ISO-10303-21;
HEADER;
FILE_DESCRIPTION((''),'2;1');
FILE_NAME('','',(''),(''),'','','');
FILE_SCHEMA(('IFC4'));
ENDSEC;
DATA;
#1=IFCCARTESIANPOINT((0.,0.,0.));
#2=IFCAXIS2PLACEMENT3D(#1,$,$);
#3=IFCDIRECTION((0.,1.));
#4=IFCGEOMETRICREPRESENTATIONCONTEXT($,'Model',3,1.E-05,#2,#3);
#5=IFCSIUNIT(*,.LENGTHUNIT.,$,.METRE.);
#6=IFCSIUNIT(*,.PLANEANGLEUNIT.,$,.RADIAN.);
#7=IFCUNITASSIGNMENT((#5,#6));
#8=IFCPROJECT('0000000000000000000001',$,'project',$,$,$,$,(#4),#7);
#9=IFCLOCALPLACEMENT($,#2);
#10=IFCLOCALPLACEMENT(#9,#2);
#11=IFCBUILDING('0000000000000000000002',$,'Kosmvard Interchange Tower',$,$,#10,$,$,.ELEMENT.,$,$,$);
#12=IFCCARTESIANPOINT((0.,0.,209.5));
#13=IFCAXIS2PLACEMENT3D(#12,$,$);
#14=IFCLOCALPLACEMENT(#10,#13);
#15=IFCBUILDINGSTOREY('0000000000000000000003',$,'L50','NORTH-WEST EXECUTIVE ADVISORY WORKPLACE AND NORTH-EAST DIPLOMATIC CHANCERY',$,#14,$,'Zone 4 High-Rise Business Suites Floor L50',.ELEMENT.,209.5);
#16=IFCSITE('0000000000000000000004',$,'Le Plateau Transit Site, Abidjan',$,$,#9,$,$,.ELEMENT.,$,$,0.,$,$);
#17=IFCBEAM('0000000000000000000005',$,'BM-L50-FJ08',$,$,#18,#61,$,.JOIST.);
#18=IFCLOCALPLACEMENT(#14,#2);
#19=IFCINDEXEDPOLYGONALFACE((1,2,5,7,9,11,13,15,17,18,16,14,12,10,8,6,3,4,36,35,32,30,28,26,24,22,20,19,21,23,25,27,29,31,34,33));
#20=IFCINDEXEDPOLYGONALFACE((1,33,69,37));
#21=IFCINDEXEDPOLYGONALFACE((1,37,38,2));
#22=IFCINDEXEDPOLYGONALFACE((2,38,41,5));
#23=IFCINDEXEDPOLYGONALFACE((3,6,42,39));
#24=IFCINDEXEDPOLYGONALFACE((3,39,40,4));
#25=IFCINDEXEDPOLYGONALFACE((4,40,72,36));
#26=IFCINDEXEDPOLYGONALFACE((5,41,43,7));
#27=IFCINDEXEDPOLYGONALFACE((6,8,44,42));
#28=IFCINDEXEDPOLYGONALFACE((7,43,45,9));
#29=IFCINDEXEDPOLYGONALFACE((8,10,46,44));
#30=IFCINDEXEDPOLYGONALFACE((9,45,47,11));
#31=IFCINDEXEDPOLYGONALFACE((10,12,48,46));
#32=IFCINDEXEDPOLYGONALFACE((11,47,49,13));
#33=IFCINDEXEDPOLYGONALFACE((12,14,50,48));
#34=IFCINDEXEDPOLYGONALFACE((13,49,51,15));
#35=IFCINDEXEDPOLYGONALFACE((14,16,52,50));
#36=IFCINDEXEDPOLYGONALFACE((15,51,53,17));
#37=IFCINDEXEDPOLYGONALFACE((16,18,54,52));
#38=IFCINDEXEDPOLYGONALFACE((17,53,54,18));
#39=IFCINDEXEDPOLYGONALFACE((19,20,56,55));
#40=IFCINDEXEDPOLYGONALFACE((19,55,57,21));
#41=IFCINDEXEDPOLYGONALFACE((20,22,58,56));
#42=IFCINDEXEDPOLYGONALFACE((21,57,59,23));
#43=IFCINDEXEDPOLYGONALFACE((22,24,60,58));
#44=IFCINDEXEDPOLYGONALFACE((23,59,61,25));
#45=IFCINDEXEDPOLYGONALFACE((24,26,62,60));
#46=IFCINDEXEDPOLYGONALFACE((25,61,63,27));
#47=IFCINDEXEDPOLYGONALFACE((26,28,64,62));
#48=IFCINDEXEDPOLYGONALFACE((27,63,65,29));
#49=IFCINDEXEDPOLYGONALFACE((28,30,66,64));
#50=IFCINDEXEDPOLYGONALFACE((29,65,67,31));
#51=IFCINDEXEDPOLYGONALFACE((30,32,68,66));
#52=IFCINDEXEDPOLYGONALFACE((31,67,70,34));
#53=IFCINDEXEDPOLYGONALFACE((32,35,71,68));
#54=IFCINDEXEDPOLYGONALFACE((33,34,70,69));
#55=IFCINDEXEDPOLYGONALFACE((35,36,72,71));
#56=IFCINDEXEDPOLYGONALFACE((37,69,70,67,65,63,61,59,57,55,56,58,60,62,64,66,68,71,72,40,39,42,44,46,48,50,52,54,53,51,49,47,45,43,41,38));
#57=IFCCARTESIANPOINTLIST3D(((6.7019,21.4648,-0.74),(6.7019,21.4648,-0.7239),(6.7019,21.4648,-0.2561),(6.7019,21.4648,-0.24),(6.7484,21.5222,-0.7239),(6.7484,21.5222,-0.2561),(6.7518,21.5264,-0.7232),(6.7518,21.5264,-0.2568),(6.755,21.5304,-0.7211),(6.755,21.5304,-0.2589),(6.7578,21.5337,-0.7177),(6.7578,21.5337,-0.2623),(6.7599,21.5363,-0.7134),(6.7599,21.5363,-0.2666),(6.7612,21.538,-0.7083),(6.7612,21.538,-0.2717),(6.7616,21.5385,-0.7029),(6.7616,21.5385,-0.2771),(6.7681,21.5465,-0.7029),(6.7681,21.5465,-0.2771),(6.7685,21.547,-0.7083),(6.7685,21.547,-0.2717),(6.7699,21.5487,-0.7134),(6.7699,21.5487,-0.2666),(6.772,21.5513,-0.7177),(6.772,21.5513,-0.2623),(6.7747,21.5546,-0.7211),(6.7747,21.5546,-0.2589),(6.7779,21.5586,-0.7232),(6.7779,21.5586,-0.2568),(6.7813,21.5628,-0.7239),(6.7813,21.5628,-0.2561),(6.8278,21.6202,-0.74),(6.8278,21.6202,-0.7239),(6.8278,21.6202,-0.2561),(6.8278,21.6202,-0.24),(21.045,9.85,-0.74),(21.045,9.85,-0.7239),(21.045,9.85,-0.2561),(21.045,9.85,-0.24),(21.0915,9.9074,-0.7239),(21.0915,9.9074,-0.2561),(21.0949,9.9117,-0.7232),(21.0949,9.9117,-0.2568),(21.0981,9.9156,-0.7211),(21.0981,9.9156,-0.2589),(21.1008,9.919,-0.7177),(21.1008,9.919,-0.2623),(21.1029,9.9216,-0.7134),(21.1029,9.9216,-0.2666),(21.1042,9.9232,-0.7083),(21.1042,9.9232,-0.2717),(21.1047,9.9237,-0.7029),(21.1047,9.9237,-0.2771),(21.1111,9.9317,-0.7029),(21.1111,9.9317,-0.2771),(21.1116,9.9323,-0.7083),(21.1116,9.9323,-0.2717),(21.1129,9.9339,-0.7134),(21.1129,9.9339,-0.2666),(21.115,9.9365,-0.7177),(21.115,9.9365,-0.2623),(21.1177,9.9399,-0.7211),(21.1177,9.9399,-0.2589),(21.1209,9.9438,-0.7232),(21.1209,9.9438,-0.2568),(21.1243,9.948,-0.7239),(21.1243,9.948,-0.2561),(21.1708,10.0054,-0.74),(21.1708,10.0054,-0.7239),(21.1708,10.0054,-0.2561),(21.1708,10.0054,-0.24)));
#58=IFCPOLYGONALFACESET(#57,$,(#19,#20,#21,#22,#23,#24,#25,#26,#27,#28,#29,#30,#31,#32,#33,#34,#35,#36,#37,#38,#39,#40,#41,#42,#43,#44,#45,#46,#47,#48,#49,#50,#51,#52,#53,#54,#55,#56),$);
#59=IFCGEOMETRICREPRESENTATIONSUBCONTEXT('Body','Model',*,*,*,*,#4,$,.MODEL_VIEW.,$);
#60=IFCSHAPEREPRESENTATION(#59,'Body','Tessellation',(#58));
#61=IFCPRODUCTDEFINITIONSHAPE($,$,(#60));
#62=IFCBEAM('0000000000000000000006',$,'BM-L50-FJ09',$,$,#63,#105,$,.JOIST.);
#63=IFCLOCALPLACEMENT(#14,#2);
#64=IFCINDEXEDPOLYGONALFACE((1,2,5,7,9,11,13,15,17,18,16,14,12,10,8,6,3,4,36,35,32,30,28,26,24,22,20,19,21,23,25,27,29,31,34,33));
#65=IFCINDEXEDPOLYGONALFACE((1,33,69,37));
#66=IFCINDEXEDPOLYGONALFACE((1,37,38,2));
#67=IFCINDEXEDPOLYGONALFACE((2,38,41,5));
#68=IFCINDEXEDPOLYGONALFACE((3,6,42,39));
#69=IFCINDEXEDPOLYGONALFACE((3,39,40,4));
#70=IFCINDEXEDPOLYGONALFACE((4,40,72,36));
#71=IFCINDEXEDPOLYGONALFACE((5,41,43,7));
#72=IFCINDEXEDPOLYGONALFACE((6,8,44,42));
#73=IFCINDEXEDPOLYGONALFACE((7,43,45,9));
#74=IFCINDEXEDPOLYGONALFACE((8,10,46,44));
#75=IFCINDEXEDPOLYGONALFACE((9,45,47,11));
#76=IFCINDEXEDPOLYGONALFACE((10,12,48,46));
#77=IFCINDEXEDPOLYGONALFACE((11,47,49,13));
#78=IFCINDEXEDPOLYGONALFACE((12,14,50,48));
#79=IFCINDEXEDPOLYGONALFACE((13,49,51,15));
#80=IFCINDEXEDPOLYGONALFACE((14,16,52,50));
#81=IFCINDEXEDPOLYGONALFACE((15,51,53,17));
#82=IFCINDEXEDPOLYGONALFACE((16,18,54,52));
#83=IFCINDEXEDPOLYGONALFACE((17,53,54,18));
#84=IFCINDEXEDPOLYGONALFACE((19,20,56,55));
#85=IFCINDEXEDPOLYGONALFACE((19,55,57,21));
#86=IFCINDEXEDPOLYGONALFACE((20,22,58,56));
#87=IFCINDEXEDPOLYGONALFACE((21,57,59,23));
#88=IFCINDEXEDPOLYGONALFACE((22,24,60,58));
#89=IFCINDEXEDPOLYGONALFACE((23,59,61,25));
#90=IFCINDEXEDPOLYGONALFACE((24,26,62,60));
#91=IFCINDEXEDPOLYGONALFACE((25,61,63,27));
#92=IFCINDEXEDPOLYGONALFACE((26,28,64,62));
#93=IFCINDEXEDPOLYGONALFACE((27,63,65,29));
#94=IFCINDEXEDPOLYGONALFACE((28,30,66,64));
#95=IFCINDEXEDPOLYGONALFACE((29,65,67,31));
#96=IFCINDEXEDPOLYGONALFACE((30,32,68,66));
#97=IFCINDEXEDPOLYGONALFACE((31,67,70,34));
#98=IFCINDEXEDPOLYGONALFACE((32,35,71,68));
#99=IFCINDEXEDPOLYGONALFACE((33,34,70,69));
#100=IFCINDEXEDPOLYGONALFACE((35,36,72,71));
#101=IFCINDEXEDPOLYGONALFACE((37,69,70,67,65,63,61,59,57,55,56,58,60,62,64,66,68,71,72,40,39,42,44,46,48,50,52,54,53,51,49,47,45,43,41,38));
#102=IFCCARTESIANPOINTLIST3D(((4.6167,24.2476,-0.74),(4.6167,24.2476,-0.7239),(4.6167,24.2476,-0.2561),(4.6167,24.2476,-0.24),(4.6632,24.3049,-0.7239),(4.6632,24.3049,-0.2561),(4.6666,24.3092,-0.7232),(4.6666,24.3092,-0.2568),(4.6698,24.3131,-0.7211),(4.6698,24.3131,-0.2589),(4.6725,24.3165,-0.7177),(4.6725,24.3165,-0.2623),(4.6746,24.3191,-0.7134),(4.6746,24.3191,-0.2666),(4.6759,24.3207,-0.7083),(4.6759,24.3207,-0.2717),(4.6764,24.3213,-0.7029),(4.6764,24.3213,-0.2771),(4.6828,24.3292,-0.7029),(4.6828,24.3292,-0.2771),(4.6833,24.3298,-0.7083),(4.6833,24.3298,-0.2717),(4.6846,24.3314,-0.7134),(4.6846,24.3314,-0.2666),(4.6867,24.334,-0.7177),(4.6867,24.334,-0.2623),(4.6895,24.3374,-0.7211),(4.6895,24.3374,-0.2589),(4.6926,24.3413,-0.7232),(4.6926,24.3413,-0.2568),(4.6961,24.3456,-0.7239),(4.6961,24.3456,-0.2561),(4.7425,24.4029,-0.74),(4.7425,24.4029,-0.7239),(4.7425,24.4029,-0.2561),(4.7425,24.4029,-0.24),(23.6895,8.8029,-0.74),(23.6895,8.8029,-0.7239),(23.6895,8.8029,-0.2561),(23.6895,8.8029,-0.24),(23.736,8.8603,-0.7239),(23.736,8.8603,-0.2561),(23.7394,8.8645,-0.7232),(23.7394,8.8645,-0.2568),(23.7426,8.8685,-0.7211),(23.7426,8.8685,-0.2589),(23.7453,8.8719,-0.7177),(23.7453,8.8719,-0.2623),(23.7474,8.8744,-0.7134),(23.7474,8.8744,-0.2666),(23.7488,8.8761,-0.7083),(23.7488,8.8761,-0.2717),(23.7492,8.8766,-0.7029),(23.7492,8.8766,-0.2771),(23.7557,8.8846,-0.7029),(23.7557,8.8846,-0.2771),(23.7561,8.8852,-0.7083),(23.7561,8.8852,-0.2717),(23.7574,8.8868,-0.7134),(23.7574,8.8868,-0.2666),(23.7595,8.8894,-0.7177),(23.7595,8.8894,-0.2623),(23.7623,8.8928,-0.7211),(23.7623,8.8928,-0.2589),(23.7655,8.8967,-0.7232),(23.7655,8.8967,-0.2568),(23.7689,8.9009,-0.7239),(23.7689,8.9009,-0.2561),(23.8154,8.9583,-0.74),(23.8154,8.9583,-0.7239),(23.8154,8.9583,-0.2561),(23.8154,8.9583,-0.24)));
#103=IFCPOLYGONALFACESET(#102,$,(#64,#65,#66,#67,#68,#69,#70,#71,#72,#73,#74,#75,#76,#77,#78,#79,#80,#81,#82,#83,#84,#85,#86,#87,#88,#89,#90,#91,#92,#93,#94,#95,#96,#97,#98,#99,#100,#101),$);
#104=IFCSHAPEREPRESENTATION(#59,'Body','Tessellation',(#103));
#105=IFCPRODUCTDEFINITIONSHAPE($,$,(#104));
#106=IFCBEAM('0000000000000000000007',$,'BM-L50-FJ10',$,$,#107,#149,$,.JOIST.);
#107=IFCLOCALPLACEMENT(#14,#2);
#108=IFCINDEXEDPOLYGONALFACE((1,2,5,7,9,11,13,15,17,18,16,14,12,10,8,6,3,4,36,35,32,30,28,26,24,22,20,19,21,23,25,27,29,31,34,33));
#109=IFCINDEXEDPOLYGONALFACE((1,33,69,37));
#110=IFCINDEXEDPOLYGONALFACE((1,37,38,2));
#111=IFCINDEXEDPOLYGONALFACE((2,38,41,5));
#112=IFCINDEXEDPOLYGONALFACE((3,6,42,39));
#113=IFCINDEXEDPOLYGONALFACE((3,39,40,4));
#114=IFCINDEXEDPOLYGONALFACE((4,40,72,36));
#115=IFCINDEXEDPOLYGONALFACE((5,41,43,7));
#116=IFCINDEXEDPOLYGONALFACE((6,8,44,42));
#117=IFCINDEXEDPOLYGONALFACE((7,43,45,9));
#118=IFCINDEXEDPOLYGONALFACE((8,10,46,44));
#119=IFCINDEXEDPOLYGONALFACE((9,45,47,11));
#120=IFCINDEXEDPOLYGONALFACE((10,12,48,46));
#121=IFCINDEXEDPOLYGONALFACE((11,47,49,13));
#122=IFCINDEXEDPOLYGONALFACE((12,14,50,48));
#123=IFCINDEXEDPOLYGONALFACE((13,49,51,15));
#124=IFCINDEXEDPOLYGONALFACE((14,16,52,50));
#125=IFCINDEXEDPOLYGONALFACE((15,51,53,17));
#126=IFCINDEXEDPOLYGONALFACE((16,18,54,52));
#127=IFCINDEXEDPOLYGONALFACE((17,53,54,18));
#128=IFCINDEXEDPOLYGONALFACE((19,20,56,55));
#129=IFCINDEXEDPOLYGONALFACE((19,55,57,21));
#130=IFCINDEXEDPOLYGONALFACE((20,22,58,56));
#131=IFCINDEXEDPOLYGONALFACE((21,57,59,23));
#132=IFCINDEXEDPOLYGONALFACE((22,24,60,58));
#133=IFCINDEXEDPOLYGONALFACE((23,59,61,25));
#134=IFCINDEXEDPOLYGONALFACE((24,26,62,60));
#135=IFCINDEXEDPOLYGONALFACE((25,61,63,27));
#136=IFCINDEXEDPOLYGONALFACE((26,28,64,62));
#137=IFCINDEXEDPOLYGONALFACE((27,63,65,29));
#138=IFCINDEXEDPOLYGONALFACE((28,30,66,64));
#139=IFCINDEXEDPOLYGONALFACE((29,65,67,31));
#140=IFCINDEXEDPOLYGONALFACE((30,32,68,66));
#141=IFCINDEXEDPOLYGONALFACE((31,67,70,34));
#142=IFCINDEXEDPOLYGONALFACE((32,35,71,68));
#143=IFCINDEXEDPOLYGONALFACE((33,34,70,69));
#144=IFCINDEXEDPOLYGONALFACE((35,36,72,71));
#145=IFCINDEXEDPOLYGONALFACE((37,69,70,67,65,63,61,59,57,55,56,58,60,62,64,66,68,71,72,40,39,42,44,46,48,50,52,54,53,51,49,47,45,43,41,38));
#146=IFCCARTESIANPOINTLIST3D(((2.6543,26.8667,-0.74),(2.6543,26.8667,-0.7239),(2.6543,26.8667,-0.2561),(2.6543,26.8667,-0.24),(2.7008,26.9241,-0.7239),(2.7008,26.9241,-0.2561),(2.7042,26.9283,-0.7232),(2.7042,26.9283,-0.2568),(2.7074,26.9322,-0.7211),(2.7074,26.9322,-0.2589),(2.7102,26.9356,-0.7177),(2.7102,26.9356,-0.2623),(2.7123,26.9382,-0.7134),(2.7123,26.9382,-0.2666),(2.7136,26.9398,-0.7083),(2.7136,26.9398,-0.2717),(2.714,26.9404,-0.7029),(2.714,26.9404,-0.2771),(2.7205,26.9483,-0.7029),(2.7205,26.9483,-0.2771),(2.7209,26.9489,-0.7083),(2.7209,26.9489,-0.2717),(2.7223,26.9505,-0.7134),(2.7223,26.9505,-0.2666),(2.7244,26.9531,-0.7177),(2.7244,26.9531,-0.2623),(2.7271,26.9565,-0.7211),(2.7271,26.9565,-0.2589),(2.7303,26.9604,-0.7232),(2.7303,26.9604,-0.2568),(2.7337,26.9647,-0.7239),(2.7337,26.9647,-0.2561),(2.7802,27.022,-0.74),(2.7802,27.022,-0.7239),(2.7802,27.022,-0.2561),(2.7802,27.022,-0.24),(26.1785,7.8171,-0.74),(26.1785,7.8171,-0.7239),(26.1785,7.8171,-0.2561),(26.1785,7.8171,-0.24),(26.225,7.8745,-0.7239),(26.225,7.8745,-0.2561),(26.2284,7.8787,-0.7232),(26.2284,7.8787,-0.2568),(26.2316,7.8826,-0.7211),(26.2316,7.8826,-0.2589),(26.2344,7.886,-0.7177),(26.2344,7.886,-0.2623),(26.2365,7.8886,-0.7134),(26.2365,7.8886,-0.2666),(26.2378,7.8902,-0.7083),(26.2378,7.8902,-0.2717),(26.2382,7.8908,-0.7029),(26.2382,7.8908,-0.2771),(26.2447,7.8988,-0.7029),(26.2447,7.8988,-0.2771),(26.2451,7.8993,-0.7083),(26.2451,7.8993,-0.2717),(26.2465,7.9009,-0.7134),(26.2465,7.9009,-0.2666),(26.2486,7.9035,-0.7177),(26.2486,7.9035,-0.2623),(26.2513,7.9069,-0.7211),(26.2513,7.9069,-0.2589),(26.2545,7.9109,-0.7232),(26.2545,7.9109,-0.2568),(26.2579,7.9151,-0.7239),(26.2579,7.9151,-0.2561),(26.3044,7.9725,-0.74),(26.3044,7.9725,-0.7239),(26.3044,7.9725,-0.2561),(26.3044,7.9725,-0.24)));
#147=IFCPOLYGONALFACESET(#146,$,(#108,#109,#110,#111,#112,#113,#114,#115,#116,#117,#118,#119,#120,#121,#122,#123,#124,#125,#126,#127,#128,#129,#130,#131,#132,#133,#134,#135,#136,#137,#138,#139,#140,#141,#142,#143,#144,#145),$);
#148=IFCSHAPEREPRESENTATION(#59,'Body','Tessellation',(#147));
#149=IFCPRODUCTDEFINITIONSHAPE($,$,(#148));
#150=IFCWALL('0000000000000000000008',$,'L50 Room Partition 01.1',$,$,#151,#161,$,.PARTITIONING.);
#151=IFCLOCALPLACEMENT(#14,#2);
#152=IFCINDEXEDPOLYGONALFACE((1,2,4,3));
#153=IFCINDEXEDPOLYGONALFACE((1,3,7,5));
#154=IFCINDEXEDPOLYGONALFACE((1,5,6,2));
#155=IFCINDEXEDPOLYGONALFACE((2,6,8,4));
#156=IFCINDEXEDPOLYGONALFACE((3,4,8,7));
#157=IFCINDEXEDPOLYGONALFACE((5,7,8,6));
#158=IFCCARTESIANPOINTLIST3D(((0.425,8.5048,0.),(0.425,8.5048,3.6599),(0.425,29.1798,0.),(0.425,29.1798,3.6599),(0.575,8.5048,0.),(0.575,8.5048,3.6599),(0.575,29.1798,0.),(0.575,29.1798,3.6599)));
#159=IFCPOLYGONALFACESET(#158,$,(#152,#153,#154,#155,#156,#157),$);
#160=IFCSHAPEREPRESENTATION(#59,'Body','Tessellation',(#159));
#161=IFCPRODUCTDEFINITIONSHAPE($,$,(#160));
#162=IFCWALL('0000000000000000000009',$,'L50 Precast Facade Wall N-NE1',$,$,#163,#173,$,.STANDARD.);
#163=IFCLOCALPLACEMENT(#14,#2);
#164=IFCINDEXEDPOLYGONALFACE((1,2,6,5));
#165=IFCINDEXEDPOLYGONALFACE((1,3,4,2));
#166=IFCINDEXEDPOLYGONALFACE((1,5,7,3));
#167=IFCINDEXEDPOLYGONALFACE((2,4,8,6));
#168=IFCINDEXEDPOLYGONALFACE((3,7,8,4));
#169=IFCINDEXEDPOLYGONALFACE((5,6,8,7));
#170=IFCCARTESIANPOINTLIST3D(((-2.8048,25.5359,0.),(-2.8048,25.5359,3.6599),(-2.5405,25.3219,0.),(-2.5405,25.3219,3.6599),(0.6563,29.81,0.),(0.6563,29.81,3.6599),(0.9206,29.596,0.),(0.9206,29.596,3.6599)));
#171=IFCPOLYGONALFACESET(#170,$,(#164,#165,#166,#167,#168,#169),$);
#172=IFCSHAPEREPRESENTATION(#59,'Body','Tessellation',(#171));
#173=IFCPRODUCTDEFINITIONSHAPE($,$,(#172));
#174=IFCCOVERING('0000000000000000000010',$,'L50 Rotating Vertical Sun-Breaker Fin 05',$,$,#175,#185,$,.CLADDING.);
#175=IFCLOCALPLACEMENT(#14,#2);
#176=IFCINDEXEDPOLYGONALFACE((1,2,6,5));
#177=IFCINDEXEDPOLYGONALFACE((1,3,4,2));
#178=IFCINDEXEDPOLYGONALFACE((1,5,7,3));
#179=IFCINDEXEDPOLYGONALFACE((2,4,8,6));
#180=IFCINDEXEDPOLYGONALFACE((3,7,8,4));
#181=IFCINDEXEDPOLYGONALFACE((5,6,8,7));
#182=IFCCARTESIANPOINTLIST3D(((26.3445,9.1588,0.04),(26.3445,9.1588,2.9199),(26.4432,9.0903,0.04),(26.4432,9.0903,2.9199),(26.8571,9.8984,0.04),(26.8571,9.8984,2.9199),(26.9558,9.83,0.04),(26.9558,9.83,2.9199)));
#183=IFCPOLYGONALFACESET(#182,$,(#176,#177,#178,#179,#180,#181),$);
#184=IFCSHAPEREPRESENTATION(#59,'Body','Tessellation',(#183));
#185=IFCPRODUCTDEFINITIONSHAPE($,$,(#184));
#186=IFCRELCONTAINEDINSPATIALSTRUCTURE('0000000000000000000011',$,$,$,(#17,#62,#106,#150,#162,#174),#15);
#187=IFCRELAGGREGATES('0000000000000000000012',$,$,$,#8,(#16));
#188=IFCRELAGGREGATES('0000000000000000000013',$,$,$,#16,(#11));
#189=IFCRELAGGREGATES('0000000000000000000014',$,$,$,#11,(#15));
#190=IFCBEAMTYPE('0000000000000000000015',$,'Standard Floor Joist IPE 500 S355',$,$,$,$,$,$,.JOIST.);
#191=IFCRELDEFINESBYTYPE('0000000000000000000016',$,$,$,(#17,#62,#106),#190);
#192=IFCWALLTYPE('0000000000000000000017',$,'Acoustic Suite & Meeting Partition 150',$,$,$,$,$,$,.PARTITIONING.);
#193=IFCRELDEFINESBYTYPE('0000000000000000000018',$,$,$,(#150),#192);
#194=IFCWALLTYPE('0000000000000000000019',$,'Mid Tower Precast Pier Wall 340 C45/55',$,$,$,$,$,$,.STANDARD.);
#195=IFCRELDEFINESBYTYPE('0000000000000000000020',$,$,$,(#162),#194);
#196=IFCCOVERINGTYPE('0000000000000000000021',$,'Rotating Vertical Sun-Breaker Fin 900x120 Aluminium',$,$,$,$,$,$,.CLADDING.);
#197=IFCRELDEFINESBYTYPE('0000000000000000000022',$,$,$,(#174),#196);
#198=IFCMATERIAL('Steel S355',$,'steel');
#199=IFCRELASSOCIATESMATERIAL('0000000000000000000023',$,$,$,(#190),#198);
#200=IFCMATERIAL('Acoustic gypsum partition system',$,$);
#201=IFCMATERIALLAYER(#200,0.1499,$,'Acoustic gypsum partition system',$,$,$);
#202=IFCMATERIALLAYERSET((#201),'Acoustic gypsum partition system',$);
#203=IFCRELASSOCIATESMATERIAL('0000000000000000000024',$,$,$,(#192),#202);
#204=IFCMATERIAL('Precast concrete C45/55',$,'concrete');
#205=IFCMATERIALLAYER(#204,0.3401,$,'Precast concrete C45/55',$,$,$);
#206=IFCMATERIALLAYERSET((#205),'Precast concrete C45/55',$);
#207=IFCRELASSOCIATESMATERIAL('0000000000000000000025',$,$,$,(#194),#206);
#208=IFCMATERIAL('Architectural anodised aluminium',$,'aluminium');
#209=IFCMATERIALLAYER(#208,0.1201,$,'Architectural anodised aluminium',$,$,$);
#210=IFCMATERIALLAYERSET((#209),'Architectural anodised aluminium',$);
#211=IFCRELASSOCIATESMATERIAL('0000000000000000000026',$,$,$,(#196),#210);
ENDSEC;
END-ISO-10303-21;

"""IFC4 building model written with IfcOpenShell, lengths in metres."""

from ifc_helpers import new_model, si_unit, direction, frame, frame_2d, origin, origin_2d, place, context, subcontext, project, spatial, rectangle, i_section, extrude, source, transform, mapped, material, layer, layer_set, material_profile, profile_set, type_object, element, save


model = new_model("IFC4")

# Units and contexts
model_context = context("Model", 3, precision=1e-05, world=origin(), true_north=direction((0.0, 1.0)))
body_context = subcontext(model_context, "Body", "Model", "MODEL_VIEW")
ifc_project = project(units=[si_unit("LENGTHUNIT", "METRE"), si_unit("PLANEANGLEUNIT", "RADIAN")], contexts=[model_context])

# Site, building, storey
site_placement = place(None, origin())
site = spatial("IfcSite", under=ifc_project, at=site_placement, Name="Le Plateau Transit Site, Abidjan", CompositionType="ELEMENT", RefElevation=0.0)
building_placement = place(site_placement, origin())
building = spatial("IfcBuilding", under=site, at=building_placement, Name="Kosmvard Interchange Tower", CompositionType="ELEMENT")
storey_placement = place(building_placement, frame((0.0, 0.0, 209.5)))
storey = spatial("IfcBuildingStorey", under=building, at=storey_placement, Name="L50", Description="NORTH-WEST EXECUTIVE ADVISORY WORKPLACE AND NORTH-EAST DIPLOMATIC CHANCERY", LongName="Zone 4 High-Rise Business Suites Floor L50", CompositionType="ELEMENT", Elevation=209.5)

# Beams
ifc_material_1 = material(Name="Steel S355", Category="steel")
ifc_material_2 = material(Name="Precast concrete C45/55", Category="concrete")
ifc_material_profile_1 = material_profile(ifc_material_1, i_section(OverallWidth=0.2, OverallDepth=0.5, WebThickness=0.0103, FlangeThickness=0.0161, FilletRadius=0.021, at=origin_2d()), Name="IPE 500")
ifc_profile_set_1 = profile_set([ifc_material_profile_1], Name="Steel S355")
beam_type_1 = type_object("IfcBeamType", Name="Standard Floor Joist IPE 500 S355", PredefinedType="JOIST", material=ifc_profile_set_1)
shared_shape_1 = source(origin(), body_context, "Body", "SweptSolid", [
    extrude(i_section(OverallWidth=0.2, OverallDepth=0.5, WebThickness=0.0103, FlangeThickness=0.0161, FilletRadius=0.021, at=origin_2d()), origin(), (0.0, 0.0, 1.0), 18.4561),
])
beam_1_placement = place(storey_placement, frame((21.1079, 9.9277, -0.49), z_axis=(-0.777146, 0.62932, 0.0), x_axis=(-0.62932, -0.777146, 0.0)))
element("IfcBeam", 1, at=beam_1_placement, inside=storey, type_object=beam_type_1, Name="BM-L50-FJ08", PredefinedType="JOIST", context=body_context, shape_type="MappedRepresentation", body=[
    mapped(shared_shape_1, transform((0.0, 0.0, 0.0), scale=1.0)),
])
shared_shape_2 = source(origin(), body_context, "Body", "SweptSolid", [
    extrude(i_section(OverallWidth=0.2, OverallDepth=0.5, WebThickness=0.0103, FlangeThickness=0.0161, FilletRadius=0.021, at=origin_2d()), origin(), (0.0, 0.0, 1.0), 24.542),
])
beam_2_placement = place(storey_placement, frame((23.7524, 8.8806, -0.49), z_axis=(-0.777151, 0.629315, 0.0), x_axis=(-0.629315, -0.777151, 0.0)))
element("IfcBeam", 2, at=beam_2_placement, inside=storey, type_object=beam_type_1, Name="BM-L50-FJ09", PredefinedType="JOIST", context=body_context, shape_type="MappedRepresentation", body=[
    mapped(shared_shape_2, transform((0.0, 0.0, 0.0), scale=1.0)),
])
shared_shape_3 = source(origin(), body_context, "Body", "SweptSolid", [
    extrude(i_section(OverallWidth=0.2, OverallDepth=0.5, WebThickness=0.0103, FlangeThickness=0.0161, FilletRadius=0.021, at=origin_2d()), origin(), (0.0, 0.0, 1.0), 30.27),
])
beam_3_placement = place(storey_placement, frame((26.2415, 7.8948, -0.49), z_axis=(-0.777145, 0.629322, 0.0), x_axis=(-0.629322, -0.777145, 0.0)))
element("IfcBeam", 3, at=beam_3_placement, inside=storey, type_object=beam_type_1, Name="BM-L50-FJ10", PredefinedType="JOIST", context=body_context, shape_type="MappedRepresentation", body=[
    mapped(shared_shape_3, transform((0.0, 0.0, 0.0), scale=1.0)),
])

# Walls
ifc_material_3 = material(Name="Acoustic gypsum partition system")
ifc_layer_1 = layer(ifc_material_3, 0.1499, Name="Acoustic gypsum partition system")
ifc_layer_set_1 = layer_set([ifc_layer_1], Name="Acoustic gypsum partition system")
wall_type_1 = type_object("IfcWallType", Name="Acoustic Suite & Meeting Partition 150", PredefinedType="PARTITIONING", material=ifc_layer_set_1)
wall_1_placement = place(storey_placement, frame((0.5, 8.5049, 0.0), z_axis=(0.0, 0.0, 1.0), x_axis=(0.0, 1.0, 0.0)))
element("IfcWall", 4, at=wall_1_placement, inside=storey, type_object=wall_type_1, Name="L50 Room Partition 01.1", PredefinedType="PARTITIONING", context=body_context, shape_type="SweptSolid", body=[
    extrude(rectangle(XDim=20.675, YDim=0.1499, at=frame_2d((10.3374, 0.0))), origin(), (0.0, 0.0, 1.0), 3.6599),
])
ifc_layer_2 = layer(ifc_material_2, 0.3401, Name="Precast concrete C45/55")
ifc_layer_set_2 = layer_set([ifc_layer_2], Name="Precast concrete C45/55")
wall_type_2 = type_object("IfcWallType", Name="Mid Tower Precast Pier Wall 340 C45/55", PredefinedType="STANDARD", material=ifc_layer_set_2)
wall_2_placement = place(storey_placement, frame((0.7886, 29.7031, 0.0), z_axis=(0.0, 0.0, 1.0), x_axis=(-0.629323, -0.777144, 0.0)))
element("IfcWall", 5, at=wall_2_placement, inside=storey, type_object=wall_type_2, Name="L50 Precast Facade Wall N-NE1", PredefinedType="STANDARD", context=body_context, shape_type="SweptSolid", body=[
    extrude(rectangle(XDim=5.4998, YDim=0.3401, at=frame_2d((2.75, 0.0))), origin(), (0.0, 0.0, 1.0), 3.6599),
])

# Covering
ifc_material_4 = material(Name="Architectural anodised aluminium", Category="aluminium")
ifc_layer_3 = layer(ifc_material_4, 0.1201, Name="Architectural anodised aluminium")
ifc_layer_set_3 = layer_set([ifc_layer_3], Name="Architectural anodised aluminium")
covering_type = type_object("IfcCoveringType", Name="Rotating Vertical Sun-Breaker Fin 900x120 Aluminium", PredefinedType="CLADDING", material=ifc_layer_set_3)
shared_shape_4 = source(origin(), body_context, "Body", "SweptSolid", [
    extrude(rectangle(XDim=0.8999, YDim=0.1201, at=origin_2d()), origin(), (0.0, 0.0, 1.0), 2.8799),
])
for number, where, z_axis, x_axis, name in (
    (6, (26.6501, 9.4944, 0.04), (0.0, 0.0, 1.0), (0.569566, 0.821945, 0.0), "L50 Rotating Vertical Sun-Breaker Fin 05"),
):
    element("IfcCovering", number, at=place(storey_placement, frame(where, z_axis=z_axis, x_axis=x_axis)), inside=storey, type_object=covering_type, Name=name, PredefinedType="CLADDING", context=body_context, shape_type="MappedRepresentation", body=[
        mapped(shared_shape_4, transform((0.0, 0.0, 0.0), scale=1.0)),
    ])

save(model, "model.ifc")
